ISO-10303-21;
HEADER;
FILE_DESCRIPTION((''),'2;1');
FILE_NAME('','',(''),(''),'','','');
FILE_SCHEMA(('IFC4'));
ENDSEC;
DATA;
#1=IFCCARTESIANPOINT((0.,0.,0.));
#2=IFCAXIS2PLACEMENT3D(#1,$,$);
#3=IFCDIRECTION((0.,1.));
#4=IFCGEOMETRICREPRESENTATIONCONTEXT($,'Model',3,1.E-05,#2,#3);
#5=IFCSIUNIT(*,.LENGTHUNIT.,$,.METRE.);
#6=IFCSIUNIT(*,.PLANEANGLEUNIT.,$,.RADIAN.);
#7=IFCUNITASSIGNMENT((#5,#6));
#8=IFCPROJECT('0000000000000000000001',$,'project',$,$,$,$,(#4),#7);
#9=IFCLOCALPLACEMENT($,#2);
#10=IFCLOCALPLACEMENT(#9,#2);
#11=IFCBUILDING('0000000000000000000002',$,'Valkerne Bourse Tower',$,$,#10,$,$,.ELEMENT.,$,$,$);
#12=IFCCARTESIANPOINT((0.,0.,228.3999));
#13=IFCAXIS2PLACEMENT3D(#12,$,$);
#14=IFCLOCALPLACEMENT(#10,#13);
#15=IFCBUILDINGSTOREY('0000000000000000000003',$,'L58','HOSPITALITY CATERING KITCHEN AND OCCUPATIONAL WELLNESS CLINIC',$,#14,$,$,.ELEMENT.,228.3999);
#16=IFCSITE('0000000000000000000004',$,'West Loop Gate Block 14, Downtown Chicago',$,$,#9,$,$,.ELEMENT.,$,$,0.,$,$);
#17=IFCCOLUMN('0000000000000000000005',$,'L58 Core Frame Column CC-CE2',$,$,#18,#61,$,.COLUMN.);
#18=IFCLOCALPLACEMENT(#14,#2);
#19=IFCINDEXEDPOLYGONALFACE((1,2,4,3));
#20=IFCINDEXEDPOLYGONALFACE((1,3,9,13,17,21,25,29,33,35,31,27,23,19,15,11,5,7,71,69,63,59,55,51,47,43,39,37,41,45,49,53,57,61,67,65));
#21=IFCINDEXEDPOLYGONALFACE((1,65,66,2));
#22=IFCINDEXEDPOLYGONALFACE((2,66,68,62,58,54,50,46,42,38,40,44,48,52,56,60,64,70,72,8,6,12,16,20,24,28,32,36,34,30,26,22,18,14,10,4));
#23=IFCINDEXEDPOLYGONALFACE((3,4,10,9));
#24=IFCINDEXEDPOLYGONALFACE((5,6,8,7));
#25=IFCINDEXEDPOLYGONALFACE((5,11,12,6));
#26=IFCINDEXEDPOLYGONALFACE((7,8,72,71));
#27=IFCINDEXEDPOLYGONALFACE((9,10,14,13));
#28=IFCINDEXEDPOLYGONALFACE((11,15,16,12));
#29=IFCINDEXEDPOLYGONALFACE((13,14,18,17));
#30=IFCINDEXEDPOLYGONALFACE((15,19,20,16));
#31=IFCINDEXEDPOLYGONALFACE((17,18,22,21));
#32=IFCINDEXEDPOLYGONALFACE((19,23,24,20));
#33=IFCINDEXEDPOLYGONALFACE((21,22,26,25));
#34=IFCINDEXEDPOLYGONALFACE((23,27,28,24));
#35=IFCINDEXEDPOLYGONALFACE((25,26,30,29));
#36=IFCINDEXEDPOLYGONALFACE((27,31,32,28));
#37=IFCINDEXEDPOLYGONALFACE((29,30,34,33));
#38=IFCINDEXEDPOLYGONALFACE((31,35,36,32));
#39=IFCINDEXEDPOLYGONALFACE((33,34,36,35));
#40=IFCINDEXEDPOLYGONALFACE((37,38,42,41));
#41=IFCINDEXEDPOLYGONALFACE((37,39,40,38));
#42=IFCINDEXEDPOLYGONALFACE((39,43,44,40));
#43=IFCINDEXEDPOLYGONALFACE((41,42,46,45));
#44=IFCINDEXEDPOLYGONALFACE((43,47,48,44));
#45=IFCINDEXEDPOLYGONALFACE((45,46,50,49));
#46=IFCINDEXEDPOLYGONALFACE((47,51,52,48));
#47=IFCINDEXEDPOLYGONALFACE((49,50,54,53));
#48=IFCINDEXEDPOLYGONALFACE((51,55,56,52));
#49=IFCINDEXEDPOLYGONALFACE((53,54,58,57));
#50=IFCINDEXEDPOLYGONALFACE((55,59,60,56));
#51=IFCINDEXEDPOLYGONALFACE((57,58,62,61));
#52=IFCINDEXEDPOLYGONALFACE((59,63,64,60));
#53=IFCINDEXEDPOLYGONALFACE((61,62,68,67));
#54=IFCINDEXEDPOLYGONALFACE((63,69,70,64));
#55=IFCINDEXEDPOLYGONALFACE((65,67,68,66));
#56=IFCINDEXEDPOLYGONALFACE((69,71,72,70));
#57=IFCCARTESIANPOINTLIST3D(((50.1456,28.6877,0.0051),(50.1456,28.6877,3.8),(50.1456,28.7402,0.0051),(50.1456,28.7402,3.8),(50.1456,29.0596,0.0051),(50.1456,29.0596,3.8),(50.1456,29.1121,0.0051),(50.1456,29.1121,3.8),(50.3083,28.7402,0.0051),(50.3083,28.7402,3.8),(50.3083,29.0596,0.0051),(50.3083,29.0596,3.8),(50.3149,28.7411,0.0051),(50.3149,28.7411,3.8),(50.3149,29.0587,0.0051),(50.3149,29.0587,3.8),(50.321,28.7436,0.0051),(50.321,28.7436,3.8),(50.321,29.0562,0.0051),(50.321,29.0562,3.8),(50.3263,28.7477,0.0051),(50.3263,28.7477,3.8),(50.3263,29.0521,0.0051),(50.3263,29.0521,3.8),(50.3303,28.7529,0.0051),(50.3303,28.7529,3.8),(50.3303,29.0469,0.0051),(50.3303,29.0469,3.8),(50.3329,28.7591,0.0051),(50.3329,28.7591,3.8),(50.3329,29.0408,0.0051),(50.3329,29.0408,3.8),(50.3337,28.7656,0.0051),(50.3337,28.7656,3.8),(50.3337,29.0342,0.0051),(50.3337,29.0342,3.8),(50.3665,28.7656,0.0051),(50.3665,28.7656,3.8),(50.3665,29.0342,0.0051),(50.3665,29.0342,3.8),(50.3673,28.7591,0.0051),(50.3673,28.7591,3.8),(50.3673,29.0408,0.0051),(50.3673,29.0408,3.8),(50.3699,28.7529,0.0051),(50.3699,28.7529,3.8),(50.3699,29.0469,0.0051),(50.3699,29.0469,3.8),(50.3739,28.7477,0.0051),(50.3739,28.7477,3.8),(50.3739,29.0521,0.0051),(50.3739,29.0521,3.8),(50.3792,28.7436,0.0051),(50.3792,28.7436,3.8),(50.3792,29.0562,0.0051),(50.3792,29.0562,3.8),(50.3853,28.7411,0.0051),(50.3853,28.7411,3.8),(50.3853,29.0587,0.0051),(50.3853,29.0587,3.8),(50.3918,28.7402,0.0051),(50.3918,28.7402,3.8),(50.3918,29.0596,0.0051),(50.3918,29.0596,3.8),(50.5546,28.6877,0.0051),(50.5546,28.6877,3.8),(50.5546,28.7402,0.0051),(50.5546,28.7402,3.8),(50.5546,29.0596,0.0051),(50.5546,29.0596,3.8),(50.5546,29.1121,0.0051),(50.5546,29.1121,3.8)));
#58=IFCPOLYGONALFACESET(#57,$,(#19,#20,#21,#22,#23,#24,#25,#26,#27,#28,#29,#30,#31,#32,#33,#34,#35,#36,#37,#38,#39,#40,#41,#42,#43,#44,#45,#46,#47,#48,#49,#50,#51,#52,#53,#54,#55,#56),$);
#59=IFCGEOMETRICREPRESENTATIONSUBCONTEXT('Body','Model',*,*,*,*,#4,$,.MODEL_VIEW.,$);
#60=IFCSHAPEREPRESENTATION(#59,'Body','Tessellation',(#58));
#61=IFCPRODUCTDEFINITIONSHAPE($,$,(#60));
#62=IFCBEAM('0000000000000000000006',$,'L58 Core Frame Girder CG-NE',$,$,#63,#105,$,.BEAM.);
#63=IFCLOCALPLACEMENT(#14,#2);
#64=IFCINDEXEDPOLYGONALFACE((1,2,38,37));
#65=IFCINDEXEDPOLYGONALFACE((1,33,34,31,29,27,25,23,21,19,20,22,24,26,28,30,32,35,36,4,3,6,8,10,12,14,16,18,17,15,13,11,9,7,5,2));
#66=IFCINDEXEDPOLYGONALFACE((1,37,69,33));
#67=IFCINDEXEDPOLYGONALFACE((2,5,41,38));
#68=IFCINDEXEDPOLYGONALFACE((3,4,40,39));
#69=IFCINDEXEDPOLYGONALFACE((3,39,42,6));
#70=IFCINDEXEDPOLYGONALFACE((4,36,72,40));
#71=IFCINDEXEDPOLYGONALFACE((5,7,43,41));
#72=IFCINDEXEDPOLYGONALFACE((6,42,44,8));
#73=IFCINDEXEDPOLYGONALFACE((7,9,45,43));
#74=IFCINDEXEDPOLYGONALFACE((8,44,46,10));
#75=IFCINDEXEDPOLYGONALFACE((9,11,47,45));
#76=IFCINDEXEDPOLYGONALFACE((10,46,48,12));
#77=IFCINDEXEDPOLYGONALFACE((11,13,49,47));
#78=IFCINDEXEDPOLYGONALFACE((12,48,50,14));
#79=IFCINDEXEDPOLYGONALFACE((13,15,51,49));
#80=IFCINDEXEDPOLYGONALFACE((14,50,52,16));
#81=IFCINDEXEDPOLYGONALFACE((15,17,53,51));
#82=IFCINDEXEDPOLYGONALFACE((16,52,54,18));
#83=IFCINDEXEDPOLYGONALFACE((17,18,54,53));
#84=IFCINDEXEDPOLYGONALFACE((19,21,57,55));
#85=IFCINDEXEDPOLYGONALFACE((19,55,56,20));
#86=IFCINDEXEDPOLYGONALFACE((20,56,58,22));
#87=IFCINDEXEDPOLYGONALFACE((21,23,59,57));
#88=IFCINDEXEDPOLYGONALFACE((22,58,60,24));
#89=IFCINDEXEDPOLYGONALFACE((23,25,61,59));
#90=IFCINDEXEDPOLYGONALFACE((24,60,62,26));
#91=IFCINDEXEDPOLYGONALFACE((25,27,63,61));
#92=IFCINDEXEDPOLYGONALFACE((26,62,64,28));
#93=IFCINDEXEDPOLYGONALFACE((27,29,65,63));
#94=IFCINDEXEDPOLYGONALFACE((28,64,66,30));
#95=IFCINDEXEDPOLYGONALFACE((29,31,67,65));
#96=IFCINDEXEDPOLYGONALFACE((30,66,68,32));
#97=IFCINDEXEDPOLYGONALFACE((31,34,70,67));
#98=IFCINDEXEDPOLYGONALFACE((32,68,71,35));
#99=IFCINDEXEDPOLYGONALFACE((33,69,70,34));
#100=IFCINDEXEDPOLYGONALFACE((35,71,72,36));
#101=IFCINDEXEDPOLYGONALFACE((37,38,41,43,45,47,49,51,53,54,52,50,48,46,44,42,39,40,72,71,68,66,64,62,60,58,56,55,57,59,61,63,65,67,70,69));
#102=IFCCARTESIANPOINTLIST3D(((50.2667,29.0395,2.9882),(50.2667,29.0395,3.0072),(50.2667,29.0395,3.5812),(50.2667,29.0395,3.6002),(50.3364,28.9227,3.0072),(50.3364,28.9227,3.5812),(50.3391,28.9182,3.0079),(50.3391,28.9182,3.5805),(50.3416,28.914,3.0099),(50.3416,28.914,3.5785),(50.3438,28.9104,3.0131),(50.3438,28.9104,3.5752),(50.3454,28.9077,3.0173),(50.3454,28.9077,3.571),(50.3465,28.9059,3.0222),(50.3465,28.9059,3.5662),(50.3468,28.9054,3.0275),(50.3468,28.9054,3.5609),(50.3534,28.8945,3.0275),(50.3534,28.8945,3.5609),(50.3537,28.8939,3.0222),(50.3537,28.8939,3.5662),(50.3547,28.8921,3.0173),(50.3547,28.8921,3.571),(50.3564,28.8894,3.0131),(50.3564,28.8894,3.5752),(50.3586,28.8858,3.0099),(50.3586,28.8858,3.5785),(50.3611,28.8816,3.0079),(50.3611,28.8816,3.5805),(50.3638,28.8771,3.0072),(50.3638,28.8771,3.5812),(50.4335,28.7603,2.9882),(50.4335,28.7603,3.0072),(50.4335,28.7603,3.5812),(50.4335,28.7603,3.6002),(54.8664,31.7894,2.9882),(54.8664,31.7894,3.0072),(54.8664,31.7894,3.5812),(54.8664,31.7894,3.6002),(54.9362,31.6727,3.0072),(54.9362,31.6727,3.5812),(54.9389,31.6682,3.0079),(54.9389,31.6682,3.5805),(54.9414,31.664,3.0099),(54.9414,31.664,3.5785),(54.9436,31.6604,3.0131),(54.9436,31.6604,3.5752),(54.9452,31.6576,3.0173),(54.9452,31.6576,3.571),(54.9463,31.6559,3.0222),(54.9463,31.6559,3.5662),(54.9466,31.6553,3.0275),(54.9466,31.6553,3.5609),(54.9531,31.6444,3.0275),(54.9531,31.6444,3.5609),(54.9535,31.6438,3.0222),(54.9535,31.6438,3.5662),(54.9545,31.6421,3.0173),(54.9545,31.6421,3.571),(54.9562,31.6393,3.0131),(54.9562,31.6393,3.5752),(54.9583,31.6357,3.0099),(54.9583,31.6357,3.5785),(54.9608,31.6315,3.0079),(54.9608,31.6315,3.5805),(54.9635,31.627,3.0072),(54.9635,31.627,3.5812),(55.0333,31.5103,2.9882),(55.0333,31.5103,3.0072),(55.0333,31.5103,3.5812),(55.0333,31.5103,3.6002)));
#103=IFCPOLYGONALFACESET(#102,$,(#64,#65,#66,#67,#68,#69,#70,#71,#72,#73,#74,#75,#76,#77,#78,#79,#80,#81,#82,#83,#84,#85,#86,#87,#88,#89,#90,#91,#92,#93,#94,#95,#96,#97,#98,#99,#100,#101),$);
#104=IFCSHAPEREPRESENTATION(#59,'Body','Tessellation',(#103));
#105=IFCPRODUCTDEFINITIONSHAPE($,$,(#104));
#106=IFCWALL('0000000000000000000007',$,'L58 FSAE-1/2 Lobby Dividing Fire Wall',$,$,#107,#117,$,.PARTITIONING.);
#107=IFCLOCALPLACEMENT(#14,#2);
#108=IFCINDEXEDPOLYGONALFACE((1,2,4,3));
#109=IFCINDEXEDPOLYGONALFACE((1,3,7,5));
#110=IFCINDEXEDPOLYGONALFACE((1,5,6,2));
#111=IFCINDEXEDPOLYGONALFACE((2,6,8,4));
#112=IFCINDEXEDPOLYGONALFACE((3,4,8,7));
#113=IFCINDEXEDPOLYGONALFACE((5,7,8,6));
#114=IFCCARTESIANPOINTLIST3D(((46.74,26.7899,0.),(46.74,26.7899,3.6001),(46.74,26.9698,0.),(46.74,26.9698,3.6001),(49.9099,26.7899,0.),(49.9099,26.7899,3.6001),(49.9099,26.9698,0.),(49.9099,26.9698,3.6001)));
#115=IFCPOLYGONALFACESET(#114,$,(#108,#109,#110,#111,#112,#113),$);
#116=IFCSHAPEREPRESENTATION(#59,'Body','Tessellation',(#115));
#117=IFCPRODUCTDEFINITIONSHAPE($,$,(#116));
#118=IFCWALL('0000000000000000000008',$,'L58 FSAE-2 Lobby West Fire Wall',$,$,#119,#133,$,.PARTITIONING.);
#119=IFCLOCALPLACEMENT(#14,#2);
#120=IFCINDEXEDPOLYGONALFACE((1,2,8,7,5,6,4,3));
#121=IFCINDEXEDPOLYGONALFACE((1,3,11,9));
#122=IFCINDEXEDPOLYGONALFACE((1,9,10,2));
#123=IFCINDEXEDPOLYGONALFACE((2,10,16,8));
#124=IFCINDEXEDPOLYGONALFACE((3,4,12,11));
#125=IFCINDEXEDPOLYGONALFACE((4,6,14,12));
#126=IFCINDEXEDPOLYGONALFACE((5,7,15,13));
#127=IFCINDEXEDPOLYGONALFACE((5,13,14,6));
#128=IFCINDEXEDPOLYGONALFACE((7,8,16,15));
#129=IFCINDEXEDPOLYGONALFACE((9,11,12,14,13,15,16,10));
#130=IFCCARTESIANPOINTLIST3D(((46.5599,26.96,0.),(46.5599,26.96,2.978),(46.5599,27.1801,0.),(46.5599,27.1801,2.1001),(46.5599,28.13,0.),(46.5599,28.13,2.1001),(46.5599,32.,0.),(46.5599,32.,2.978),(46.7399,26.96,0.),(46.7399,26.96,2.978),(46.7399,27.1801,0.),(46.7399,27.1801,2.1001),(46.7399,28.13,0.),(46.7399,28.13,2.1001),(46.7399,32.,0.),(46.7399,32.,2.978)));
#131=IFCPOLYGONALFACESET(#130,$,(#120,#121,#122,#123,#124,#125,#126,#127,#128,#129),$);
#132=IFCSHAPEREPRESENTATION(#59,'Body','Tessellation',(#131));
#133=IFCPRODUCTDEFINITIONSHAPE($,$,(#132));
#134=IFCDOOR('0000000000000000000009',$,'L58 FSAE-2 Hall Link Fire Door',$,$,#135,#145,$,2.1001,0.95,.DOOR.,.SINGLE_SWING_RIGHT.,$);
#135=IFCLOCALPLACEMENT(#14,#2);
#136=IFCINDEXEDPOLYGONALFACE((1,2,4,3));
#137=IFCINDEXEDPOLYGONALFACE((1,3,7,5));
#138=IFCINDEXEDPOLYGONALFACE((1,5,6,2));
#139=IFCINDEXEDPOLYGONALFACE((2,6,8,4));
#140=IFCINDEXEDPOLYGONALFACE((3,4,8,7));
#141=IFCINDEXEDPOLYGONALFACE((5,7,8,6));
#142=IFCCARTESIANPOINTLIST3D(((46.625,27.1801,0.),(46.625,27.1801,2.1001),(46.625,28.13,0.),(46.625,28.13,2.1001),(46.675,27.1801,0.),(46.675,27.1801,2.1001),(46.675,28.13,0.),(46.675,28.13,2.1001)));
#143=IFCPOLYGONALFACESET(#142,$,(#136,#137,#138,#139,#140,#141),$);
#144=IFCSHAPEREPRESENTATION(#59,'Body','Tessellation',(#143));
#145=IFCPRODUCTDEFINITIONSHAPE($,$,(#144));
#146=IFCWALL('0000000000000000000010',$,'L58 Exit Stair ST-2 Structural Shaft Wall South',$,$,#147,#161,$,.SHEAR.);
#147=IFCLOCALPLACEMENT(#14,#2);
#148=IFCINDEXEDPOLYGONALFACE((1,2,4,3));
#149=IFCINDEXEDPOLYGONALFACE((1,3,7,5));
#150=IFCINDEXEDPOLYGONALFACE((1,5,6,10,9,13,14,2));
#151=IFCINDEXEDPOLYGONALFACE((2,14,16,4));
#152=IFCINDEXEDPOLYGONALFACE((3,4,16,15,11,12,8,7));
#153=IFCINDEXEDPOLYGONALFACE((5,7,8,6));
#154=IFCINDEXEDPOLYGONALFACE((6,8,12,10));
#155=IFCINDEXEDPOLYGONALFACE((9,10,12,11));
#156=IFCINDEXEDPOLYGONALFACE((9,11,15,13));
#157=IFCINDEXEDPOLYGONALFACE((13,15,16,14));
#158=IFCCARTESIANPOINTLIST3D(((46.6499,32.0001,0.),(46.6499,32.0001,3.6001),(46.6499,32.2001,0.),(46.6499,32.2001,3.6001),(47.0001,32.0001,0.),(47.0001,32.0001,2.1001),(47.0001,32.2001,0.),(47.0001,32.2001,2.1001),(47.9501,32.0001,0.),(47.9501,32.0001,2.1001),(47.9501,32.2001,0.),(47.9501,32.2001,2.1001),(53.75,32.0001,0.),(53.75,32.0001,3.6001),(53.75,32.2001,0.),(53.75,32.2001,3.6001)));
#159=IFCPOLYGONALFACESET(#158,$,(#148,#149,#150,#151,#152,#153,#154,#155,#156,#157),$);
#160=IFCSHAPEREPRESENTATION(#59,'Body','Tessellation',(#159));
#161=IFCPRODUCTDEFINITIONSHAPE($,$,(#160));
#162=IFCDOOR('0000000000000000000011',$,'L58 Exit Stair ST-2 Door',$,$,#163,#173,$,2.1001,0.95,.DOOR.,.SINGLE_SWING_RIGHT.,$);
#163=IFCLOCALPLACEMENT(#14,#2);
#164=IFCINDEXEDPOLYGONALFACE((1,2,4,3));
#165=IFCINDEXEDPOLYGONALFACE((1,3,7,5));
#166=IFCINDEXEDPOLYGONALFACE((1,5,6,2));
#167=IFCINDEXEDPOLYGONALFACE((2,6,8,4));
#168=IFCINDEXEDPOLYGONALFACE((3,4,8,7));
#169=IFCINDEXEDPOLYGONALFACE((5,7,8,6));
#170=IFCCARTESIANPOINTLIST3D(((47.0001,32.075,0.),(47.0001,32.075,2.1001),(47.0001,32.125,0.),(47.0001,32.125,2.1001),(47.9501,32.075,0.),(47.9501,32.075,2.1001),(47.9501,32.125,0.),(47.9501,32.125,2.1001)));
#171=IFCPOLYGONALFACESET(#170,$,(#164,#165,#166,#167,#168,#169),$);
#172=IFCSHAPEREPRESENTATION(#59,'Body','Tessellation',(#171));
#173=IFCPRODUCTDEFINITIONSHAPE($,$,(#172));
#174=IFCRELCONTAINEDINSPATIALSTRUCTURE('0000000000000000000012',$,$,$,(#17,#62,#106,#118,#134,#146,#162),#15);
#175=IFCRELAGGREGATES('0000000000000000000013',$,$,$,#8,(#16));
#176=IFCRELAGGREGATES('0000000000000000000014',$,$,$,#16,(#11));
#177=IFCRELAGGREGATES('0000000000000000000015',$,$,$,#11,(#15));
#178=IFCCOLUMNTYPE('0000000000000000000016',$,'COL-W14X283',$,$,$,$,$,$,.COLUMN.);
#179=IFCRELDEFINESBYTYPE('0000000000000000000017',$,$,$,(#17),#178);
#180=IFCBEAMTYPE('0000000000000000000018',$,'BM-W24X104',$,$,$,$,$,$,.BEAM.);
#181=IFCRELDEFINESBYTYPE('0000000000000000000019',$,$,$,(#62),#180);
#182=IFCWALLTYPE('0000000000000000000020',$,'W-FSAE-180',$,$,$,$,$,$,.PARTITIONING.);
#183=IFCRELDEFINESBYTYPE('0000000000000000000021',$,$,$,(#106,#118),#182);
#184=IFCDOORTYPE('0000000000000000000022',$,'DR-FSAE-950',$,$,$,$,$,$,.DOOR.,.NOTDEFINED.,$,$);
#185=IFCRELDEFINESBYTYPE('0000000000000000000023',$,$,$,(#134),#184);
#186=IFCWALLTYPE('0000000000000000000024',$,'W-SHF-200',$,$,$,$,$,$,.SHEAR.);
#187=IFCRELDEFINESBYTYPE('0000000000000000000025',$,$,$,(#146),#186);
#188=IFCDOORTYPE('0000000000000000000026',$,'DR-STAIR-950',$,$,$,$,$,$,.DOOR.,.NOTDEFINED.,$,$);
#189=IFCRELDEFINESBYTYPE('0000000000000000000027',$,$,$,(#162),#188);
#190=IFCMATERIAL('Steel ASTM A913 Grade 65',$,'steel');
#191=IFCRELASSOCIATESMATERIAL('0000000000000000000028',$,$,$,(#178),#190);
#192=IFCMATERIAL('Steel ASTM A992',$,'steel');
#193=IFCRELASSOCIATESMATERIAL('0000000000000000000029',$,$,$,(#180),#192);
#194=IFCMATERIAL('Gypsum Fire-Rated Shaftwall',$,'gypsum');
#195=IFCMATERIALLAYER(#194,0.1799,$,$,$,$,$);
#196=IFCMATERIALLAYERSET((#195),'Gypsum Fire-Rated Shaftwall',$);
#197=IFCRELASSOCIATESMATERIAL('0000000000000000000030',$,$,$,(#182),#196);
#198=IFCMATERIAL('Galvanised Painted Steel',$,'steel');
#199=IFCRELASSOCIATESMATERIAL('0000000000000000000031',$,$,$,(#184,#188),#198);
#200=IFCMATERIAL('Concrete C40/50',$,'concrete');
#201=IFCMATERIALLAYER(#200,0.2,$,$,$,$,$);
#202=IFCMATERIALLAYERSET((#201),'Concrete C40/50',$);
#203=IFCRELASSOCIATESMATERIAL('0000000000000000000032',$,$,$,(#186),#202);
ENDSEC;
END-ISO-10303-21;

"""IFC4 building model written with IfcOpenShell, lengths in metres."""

from ifc_helpers import new_model, si_unit, direction, frame, frame_2d, origin, origin_2d, place, context, subcontext, project, spatial, rectangle, i_section, extrude, material, layer, layer_set, material_profile, profile_set, type_object, element, fill, save


model = new_model("IFC4")

# Units and contexts
model_context = context("Model", 3, precision=1e-05, world=origin(), true_north=direction((0.0, 1.0)))
body_context = subcontext(model_context, "Body", "Model", "MODEL_VIEW")
ifc_project = project(units=[si_unit("LENGTHUNIT", "METRE"), si_unit("PLANEANGLEUNIT", "RADIAN")], contexts=[model_context])

# Site, building, storey
site_placement = place(None, origin())
site = spatial("IfcSite", under=ifc_project, at=site_placement, Name="West Loop Gate Block 14, Downtown Chicago", CompositionType="ELEMENT", RefElevation=0.0)
building_placement = place(site_placement, origin())
building = spatial("IfcBuilding", under=site, at=building_placement, Name="Valkerne Bourse Tower", CompositionType="ELEMENT")
storey_placement = place(building_placement, frame((0.0, 0.0, 228.3999)))
storey = spatial("IfcBuildingStorey", under=building, at=storey_placement, Name="L58", Description="HOSPITALITY CATERING KITCHEN AND OCCUPATIONAL WELLNESS CLINIC", CompositionType="ELEMENT", Elevation=228.3999)

# Column
ifc_material_1 = material(Name="Steel ASTM A913 Grade 65", Category="steel")
ifc_material_profile_1 = material_profile(ifc_material_1, i_section(OverallWidth=0.4089, OverallDepth=0.4243, WebThickness=0.0327, FlangeThickness=0.0525, FilletRadius=0.0254, at=origin_2d()), Name="W14X283")
ifc_profile_set_1 = profile_set([ifc_material_profile_1], Name="Steel ASTM A913 Grade 65")
column_type = type_object("IfcColumnType", Name="COL-W14X283", PredefinedType="COLUMN", material=ifc_profile_set_1)
column_placement = place(storey_placement, frame((50.3501, 28.8999, 0.0051), z_axis=(0.0, 0.0, 1.0), x_axis=(1.0, 0.0, 0.0)))
element("IfcColumn", 1, at=column_placement, inside=storey, type_object=column_type, Name="L58 Core Frame Column CC-CE2", PredefinedType="COLUMN", context=body_context, shape_type="SweptSolid", body=[
    extrude(i_section(OverallWidth=0.4089, OverallDepth=0.4243, WebThickness=0.0327, FlangeThickness=0.0525, FilletRadius=0.0254, at=origin_2d()), origin(), (0.0, 0.0, 1.0), 3.7949),
])

# Beam
ifc_material_2 = material(Name="Steel ASTM A992", Category="steel")
ifc_material_profile_2 = material_profile(ifc_material_2, i_section(OverallWidth=0.3252, OverallDepth=0.6121, WebThickness=0.0127, FlangeThickness=0.019, FilletRadius=0.0203, at=origin_2d()), Name="W24X104")
ifc_profile_set_2 = profile_set([ifc_material_profile_2], Name="Steel ASTM A992")
beam_type = type_object("IfcBeamType", Name="BM-W24X104", PredefinedType="BEAM", material=ifc_profile_set_2)
beam_placement = place(storey_placement, frame((50.3501, 28.8999, 3.2942), z_axis=(0.858308, 0.513135, 0.0), x_axis=(-0.513135, 0.858308, 0.0)))
element("IfcBeam", 2, at=beam_placement, inside=storey, type_object=beam_type, Name="L58 Core Frame Girder CG-NE", PredefinedType="BEAM", context=body_context, shape_type="SweptSolid", body=[
    extrude(i_section(OverallWidth=0.3252, OverallDepth=0.6121, WebThickness=0.0127, FlangeThickness=0.019, FilletRadius=0.0203, at=origin_2d()), origin(), (0.0, 0.0, 1.0), 5.3591),
])

# Wall
ifc_material_3 = material(Name="Gypsum Fire-Rated Shaftwall", Category="gypsum")
ifc_layer_1 = layer(ifc_material_3, 0.1799)
ifc_layer_set_1 = layer_set([ifc_layer_1], Name="Gypsum Fire-Rated Shaftwall")
wall_type_1 = type_object("IfcWallType", Name="W-FSAE-180", PredefinedType="PARTITIONING", material=ifc_layer_set_1)
wall_1_placement = place(storey_placement, frame((46.74, 26.8799, 0.0), z_axis=(0.0, 0.0, 1.0), x_axis=(1.0, 0.0, 0.0)))
element("IfcWall", 3, at=wall_1_placement, inside=storey, type_object=wall_type_1, Name="L58 FSAE-1/2 Lobby Dividing Fire Wall", PredefinedType="PARTITIONING", context=body_context, shape_type="SweptSolid", body=[
    extrude(rectangle(XDim=3.1699, YDim=0.1799, at=frame_2d((1.585, 0.0))), origin(), (0.0, 0.0, 1.0), 3.6001),
])

# Wall, opening, door
wall_2_placement = place(storey_placement, frame((46.6499, 26.96, 0.0), z_axis=(0.0, 0.0, 1.0), x_axis=(0.0, 1.0, 0.0)))
wall_2 = element("IfcWall", 4, at=wall_2_placement, inside=storey, type_object=wall_type_1, Name="L58 FSAE-2 Lobby West Fire Wall", PredefinedType="PARTITIONING", context=body_context, shape_type="SweptSolid", body=[
    extrude(rectangle(XDim=5.04, YDim=0.1799, at=frame_2d((2.52, 0.0))), origin(), (0.0, 0.0, 1.0), 2.978),
])
opening_1_placement = place(wall_2_placement, frame((0.22, 0.0, 0.0)))
opening_1 = element("IfcOpeningElement", 5, at=opening_1_placement, cuts=wall_2, PredefinedType="OPENING", context=body_context, shape_type="SweptSolid", body=[
    extrude(rectangle(XDim=0.95, YDim=2.1001, at=frame_2d((0.4751, 1.05))), frame((0.0, 0.0999, 0.0), z_axis=(0.0, -1.0, 0.0), x_axis=(1.0, 0.0, 0.0)), (0.0, 0.0, 1.0), 0.2),
])
ifc_material_4 = material(Name="Galvanised Painted Steel", Category="steel")
door_type_1 = type_object("IfcDoorType", Name="DR-FSAE-950", OperationType="NOTDEFINED", PredefinedType="DOOR", material=ifc_material_4)
door_1_placement = place(opening_1_placement, origin())
door_1 = element("IfcDoor", 6, at=door_1_placement, inside=storey, type_object=door_type_1, Name="L58 FSAE-2 Hall Link Fire Door", OperationType="SINGLE_SWING_RIGHT", OverallHeight=2.1001, OverallWidth=0.95, PredefinedType="DOOR", context=body_context, shape_type="SweptSolid", body=[
    extrude(rectangle(XDim=0.95, YDim=2.1001, at=frame_2d((0.4751, 1.05))), frame((0.0, 0.0249, 0.0), z_axis=(0.0, -1.0, 0.0), x_axis=(1.0, 0.0, 0.0)), (0.0, 0.0, 1.0), 0.05),
])
fill(opening_1, door_1)

# Wall, opening, door
ifc_material_5 = material(Name="Concrete C40/50", Category="concrete")
ifc_layer_2 = layer(ifc_material_5, 0.2)
ifc_layer_set_2 = layer_set([ifc_layer_2], Name="Concrete C40/50")
wall_type_2 = type_object("IfcWallType", Name="W-SHF-200", PredefinedType="SHEAR", material=ifc_layer_set_2)
wall_3_placement = place(storey_placement, frame((46.6499, 32.1001, 0.0), z_axis=(0.0, 0.0, 1.0), x_axis=(1.0, 0.0, 0.0)))
wall_3 = element("IfcWall", 7, at=wall_3_placement, inside=storey, type_object=wall_type_2, Name="L58 Exit Stair ST-2 Structural Shaft Wall South", PredefinedType="SHEAR", context=body_context, shape_type="SweptSolid", body=[
    extrude(rectangle(XDim=7.1001, YDim=0.2, at=frame_2d((3.55, 0.0))), origin(), (0.0, 0.0, 1.0), 3.6001),
])
opening_2_placement = place(wall_3_placement, frame((0.3501, 0.0, 0.0)))
opening_2 = element("IfcOpeningElement", 8, at=opening_2_placement, cuts=wall_3, PredefinedType="OPENING", context=body_context, shape_type="SweptSolid", body=[
    extrude(rectangle(XDim=0.95, YDim=2.1001, at=frame_2d((0.4751, 1.05))), frame((0.0, 0.1099, 0.0), z_axis=(0.0, -1.0, 0.0), x_axis=(1.0, 0.0, 0.0)), (0.0, 0.0, 1.0), 0.22),
])
door_type_2 = type_object("IfcDoorType", Name="DR-STAIR-950", OperationType="NOTDEFINED", PredefinedType="DOOR", material=ifc_material_4)
door_2_placement = place(opening_2_placement, origin())
door_2 = element("IfcDoor", 9, at=door_2_placement, inside=storey, type_object=door_type_2, Name="L58 Exit Stair ST-2 Door", OperationType="SINGLE_SWING_RIGHT", OverallHeight=2.1001, OverallWidth=0.95, PredefinedType="DOOR", context=body_context, shape_type="SweptSolid", body=[
    extrude(rectangle(XDim=0.95, YDim=2.1001, at=frame_2d((0.4751, 1.05))), frame((0.0, 0.0249, 0.0), z_axis=(0.0, -1.0, 0.0), x_axis=(1.0, 0.0, 0.0)), (0.0, 0.0, 1.0), 0.05),
])
fill(opening_2, door_2)

save(model, "model.ifc")
